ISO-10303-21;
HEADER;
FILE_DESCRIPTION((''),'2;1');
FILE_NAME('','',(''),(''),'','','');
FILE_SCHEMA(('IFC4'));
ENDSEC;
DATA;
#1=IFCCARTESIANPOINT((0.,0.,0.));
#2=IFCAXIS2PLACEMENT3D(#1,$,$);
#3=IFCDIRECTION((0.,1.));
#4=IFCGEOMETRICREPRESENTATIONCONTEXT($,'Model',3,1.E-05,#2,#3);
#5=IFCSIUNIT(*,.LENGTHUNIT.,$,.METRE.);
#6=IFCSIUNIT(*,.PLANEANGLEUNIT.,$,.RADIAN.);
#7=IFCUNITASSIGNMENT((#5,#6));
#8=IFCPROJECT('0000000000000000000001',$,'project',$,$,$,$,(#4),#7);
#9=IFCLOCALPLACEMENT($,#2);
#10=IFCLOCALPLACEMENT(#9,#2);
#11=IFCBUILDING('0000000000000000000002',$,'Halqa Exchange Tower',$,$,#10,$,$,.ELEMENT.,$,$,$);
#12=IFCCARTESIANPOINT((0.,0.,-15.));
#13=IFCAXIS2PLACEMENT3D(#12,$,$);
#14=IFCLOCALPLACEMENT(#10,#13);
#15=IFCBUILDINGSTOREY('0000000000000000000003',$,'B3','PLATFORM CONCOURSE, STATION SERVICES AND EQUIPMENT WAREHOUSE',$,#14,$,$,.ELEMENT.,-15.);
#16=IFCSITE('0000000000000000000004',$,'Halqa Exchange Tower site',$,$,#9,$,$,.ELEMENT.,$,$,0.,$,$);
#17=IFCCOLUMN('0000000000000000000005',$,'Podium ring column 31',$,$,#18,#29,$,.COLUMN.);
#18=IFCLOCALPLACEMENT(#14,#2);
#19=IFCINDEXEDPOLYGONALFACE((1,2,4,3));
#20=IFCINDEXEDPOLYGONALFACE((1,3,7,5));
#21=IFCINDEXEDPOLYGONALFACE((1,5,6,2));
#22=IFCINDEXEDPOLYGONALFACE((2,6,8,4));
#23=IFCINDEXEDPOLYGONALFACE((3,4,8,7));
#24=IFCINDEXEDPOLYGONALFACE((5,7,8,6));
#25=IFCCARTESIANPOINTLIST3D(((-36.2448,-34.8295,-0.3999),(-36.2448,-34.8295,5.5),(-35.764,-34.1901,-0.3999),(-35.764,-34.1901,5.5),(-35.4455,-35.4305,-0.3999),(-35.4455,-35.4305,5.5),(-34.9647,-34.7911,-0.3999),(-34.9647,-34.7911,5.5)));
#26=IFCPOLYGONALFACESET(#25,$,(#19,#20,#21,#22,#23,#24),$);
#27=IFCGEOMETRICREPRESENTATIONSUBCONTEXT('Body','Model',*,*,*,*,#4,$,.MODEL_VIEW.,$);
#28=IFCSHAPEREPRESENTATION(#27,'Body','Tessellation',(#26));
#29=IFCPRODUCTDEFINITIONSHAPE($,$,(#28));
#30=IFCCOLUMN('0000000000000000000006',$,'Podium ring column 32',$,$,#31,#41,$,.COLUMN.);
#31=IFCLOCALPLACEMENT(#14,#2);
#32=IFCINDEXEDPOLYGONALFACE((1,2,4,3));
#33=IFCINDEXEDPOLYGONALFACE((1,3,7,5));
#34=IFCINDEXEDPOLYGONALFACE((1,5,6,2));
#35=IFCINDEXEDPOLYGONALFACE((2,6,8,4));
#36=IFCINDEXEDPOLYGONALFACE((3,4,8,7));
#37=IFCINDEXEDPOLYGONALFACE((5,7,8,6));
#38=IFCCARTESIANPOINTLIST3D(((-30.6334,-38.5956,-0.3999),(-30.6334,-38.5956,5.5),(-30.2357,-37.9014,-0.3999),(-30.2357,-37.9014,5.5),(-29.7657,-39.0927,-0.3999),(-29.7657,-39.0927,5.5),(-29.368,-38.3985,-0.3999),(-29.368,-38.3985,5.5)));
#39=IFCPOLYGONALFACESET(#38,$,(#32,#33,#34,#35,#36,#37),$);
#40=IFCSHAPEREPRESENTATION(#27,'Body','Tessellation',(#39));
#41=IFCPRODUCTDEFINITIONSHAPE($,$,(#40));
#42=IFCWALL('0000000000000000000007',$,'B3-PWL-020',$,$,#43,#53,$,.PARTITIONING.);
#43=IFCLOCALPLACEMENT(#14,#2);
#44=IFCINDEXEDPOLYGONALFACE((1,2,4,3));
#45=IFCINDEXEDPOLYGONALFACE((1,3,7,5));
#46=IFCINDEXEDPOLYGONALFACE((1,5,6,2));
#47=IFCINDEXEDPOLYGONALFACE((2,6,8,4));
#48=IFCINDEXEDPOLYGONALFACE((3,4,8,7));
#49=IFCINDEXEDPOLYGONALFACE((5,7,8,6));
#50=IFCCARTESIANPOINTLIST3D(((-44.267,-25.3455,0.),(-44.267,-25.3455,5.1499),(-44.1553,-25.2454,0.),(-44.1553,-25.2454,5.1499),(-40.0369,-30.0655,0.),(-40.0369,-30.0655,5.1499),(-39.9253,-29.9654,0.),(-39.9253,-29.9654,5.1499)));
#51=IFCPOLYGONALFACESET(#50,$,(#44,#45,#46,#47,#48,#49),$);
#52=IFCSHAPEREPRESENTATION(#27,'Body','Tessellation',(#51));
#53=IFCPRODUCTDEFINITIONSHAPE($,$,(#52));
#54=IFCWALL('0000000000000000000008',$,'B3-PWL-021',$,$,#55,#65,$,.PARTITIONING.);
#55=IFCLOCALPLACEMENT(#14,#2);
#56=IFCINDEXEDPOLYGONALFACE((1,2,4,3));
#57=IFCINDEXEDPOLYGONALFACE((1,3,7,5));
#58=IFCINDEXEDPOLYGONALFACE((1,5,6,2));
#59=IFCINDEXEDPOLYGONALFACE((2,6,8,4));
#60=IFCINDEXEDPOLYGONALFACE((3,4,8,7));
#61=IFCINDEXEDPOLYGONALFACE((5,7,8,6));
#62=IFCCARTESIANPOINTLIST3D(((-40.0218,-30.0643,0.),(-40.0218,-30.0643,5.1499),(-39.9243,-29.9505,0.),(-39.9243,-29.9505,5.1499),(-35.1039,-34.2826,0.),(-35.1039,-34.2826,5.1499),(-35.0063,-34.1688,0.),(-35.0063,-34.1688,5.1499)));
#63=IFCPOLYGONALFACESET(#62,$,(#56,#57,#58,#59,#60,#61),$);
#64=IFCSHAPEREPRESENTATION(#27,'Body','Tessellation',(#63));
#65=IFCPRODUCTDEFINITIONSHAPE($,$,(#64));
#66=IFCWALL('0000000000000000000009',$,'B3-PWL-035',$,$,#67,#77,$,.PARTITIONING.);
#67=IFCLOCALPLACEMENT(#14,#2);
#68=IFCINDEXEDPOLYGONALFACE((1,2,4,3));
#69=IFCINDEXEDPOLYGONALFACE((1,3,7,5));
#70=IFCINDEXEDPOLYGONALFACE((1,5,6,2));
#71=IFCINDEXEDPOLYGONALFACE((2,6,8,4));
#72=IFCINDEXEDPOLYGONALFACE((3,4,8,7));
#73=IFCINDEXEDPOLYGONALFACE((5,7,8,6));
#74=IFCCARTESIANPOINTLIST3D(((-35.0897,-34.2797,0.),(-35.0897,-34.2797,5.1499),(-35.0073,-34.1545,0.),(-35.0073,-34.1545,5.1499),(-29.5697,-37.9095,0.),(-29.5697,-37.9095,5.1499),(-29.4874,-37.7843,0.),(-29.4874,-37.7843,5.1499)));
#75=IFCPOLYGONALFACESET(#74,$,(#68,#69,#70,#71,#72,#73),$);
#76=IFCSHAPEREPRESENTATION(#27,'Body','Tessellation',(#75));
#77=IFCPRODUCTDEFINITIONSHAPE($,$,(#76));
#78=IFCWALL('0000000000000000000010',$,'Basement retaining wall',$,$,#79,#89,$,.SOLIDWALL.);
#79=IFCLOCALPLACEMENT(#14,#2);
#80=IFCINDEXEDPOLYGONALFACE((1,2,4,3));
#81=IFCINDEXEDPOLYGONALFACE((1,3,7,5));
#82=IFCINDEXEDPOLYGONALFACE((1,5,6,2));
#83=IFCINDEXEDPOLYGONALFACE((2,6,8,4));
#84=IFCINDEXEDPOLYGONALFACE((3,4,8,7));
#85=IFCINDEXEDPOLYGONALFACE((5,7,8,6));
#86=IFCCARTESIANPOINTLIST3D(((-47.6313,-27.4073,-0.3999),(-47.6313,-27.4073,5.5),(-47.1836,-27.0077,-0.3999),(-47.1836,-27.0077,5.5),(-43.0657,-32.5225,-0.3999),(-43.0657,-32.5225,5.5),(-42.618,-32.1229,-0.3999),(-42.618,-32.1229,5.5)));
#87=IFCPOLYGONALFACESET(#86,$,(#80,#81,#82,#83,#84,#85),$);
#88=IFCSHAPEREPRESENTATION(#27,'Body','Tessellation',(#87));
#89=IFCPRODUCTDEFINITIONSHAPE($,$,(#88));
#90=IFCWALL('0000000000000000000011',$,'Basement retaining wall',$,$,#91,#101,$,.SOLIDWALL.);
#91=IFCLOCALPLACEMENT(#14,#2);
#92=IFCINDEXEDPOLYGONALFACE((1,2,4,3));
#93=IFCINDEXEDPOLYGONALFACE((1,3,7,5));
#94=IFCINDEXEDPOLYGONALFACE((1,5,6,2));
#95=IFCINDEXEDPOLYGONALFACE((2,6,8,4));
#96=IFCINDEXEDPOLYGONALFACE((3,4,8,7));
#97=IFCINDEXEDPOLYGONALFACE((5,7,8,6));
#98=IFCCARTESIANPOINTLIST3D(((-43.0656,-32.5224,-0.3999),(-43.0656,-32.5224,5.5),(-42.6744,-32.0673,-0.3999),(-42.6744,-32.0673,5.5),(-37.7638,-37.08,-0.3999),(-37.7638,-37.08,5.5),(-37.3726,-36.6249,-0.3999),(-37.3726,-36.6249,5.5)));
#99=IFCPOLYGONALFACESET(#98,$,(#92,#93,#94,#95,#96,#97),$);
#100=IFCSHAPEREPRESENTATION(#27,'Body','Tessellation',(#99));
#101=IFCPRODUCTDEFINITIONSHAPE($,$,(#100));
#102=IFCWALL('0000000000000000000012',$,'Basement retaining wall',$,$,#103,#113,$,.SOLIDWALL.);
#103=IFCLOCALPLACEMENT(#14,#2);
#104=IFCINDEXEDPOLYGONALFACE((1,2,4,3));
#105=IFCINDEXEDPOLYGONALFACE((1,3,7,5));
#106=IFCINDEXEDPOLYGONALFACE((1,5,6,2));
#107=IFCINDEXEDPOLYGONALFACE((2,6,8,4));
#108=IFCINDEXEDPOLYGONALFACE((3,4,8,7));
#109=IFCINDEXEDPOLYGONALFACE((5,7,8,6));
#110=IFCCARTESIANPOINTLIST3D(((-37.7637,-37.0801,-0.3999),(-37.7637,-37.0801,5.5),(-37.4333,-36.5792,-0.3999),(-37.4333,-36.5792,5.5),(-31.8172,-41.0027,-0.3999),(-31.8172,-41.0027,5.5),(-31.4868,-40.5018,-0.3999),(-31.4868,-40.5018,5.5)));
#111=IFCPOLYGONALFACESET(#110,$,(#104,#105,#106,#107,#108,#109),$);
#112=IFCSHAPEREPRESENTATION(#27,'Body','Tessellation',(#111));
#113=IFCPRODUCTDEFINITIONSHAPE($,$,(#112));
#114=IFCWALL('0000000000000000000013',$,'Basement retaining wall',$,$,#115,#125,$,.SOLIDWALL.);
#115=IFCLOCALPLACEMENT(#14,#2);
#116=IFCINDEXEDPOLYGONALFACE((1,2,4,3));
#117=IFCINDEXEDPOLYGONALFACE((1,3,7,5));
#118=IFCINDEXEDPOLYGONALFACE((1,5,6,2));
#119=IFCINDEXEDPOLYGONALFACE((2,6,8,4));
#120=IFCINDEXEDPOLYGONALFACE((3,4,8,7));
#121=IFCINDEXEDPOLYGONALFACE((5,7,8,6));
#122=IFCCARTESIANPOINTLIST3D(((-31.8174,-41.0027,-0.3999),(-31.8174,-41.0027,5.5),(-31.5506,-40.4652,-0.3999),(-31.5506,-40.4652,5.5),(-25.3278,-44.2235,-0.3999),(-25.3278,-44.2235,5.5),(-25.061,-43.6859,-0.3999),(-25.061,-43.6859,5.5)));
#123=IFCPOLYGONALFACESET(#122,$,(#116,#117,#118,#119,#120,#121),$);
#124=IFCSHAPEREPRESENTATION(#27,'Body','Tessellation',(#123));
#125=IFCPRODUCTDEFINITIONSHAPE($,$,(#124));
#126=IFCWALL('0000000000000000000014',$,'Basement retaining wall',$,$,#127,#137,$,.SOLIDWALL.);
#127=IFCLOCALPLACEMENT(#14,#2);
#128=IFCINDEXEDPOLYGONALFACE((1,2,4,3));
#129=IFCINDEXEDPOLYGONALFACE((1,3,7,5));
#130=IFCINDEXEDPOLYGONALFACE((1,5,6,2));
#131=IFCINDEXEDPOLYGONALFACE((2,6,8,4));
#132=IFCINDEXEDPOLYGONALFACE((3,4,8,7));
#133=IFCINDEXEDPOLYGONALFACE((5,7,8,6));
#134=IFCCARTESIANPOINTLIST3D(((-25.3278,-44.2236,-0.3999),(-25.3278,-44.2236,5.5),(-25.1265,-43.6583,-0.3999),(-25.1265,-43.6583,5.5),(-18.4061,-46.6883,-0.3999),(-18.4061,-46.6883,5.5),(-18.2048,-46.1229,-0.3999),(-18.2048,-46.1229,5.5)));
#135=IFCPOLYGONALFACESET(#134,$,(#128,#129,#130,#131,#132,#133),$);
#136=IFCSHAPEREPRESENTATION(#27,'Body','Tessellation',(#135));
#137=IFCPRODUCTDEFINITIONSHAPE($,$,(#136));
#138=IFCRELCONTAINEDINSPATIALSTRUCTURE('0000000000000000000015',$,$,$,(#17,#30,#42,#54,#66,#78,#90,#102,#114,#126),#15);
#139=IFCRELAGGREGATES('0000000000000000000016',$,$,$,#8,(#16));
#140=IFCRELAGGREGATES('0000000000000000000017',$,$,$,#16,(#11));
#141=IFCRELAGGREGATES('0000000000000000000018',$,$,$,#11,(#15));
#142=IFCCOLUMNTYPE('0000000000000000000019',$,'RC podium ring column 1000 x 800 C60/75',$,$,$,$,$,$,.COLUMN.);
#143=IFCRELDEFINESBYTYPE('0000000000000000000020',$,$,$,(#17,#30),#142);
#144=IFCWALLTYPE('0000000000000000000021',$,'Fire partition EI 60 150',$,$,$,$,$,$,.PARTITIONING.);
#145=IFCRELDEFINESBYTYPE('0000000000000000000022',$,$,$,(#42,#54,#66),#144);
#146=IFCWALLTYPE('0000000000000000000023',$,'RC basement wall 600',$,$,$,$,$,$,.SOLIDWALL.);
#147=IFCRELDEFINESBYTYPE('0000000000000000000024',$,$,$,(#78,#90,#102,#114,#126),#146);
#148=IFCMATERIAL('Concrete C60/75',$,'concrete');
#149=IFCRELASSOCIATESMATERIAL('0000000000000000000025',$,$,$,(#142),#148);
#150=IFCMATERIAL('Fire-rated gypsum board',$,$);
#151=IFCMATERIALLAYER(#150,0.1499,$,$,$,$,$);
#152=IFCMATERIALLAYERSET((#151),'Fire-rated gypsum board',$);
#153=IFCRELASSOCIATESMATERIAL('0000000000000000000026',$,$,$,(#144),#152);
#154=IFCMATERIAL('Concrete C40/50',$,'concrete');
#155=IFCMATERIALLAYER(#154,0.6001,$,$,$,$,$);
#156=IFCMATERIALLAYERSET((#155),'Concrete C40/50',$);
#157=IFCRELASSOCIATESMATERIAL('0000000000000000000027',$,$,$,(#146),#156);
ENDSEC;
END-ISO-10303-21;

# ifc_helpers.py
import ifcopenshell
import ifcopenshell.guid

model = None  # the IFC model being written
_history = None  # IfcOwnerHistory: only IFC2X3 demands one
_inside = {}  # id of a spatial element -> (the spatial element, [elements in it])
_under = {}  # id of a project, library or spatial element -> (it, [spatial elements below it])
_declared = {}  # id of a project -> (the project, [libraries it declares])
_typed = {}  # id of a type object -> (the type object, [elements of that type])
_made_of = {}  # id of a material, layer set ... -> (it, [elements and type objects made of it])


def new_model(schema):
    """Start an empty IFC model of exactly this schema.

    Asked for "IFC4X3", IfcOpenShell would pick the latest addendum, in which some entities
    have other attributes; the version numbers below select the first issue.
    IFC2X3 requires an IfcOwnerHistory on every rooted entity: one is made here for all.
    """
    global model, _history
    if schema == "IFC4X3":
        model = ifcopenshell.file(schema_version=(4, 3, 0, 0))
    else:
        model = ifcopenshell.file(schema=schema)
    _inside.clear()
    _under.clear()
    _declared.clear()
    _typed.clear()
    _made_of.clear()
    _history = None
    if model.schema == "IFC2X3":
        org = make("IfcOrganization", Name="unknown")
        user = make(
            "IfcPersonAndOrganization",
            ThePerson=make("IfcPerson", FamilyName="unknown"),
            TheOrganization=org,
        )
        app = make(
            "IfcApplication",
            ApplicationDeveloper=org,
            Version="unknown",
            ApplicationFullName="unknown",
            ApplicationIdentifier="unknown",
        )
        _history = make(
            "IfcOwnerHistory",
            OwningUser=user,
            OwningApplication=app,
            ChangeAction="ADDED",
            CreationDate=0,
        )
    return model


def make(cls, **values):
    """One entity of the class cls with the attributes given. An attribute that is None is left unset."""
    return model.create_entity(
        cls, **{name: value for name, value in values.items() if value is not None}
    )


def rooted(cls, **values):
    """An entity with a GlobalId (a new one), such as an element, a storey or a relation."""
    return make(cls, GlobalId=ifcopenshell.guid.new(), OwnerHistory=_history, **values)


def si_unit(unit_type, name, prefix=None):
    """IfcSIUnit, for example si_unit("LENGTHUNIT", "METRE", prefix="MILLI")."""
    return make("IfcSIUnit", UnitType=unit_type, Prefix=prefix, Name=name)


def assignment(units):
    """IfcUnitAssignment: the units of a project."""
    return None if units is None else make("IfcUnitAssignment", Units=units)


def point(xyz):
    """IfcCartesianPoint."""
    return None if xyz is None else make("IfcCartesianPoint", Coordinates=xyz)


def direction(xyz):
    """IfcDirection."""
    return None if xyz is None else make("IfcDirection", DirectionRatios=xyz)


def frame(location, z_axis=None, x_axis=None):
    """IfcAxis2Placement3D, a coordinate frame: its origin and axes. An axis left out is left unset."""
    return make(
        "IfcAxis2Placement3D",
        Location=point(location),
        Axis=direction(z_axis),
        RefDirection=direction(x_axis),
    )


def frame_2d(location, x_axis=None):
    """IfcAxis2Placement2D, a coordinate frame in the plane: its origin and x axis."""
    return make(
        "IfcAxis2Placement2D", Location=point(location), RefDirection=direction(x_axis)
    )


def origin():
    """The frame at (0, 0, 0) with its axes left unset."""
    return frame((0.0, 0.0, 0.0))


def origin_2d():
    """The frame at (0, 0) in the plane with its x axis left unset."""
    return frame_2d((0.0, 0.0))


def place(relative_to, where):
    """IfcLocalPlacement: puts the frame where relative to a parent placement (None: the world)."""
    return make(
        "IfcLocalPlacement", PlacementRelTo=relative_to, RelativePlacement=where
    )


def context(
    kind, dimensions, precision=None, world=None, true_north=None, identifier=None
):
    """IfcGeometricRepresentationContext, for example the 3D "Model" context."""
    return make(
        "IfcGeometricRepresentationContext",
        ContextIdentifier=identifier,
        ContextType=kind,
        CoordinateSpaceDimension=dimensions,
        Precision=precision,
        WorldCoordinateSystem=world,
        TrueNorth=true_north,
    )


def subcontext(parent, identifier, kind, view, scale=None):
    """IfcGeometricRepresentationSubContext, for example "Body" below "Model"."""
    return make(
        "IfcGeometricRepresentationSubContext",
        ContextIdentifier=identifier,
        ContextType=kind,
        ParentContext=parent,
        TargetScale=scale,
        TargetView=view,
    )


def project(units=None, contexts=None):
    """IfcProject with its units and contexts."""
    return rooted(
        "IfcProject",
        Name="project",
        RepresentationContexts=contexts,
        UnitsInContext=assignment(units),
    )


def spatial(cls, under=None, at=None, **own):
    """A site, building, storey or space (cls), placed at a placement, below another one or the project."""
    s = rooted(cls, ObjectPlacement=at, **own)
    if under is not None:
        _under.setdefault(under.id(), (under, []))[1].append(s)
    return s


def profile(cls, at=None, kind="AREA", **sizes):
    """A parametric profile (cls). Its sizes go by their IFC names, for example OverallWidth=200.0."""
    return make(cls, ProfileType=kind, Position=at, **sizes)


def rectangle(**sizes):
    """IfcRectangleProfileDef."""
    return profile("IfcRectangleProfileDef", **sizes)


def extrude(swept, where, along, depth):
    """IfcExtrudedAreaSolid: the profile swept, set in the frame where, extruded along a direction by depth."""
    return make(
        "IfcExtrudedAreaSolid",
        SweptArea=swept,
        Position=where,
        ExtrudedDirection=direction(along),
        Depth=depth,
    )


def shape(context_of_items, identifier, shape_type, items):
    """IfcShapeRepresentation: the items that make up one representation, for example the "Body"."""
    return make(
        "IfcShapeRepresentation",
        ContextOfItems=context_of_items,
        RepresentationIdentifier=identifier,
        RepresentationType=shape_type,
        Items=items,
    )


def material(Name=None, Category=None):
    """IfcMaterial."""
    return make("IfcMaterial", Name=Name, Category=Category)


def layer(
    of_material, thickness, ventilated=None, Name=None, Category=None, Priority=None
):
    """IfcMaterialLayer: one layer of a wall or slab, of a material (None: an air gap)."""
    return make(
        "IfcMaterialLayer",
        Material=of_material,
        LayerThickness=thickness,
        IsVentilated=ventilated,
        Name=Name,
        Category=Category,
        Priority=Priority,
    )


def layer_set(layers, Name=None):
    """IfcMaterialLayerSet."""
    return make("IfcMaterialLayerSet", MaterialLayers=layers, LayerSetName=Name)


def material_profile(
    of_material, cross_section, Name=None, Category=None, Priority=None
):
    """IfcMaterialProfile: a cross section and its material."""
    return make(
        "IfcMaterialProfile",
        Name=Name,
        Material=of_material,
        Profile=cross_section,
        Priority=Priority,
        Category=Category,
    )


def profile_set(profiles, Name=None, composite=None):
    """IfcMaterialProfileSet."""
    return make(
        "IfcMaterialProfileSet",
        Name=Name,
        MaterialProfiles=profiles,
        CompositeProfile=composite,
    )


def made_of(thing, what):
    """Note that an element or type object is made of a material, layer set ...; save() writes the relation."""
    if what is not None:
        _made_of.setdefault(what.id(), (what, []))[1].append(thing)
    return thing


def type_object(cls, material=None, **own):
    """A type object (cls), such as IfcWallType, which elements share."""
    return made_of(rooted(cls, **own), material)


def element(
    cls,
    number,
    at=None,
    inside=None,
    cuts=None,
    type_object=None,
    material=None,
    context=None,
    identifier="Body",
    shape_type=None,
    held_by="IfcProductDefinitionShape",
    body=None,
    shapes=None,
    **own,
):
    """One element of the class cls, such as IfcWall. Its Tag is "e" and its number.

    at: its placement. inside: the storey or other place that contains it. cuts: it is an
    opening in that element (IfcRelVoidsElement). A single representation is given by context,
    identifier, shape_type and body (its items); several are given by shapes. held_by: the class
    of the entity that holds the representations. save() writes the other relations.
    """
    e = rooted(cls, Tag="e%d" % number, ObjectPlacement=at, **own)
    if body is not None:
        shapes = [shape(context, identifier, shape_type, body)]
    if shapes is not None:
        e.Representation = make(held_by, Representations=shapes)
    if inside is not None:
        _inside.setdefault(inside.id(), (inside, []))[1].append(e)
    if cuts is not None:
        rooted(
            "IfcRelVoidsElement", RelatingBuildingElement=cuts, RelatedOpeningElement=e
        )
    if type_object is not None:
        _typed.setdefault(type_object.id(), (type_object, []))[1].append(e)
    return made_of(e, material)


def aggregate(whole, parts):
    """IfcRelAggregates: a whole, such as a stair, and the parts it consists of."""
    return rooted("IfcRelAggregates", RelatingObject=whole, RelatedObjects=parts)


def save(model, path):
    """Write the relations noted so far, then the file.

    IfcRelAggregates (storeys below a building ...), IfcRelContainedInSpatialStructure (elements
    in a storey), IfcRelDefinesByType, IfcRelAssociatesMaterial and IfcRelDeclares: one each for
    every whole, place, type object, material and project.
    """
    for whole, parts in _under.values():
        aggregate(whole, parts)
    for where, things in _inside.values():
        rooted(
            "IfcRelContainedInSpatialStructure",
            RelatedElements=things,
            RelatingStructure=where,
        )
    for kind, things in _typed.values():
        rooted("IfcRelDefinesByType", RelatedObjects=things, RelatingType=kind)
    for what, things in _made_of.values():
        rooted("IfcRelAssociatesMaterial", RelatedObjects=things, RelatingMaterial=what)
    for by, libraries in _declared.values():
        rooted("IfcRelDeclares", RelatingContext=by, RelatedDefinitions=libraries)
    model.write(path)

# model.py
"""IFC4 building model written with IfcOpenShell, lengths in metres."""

from ifc_helpers import new_model, si_unit, direction, frame, frame_2d, origin, origin_2d, place, context, subcontext, project, spatial, rectangle, extrude, material, layer, layer_set, material_profile, profile_set, type_object, element, save


model = new_model("IFC4")

# Units and contexts
model_context = context("Model", 3, precision=1e-05, world=origin(), true_north=direction((0.0, 1.0)))
body_context = subcontext(model_context, "Body", "Model", "MODEL_VIEW")
ifc_project = project(units=[si_unit("LENGTHUNIT", "METRE"), si_unit("PLANEANGLEUNIT", "RADIAN")], contexts=[model_context])

# Site, building, storey
site_placement = place(None, origin())
site = spatial("IfcSite", under=ifc_project, at=site_placement, Name="Halqa Exchange Tower site", CompositionType="ELEMENT", RefElevation=0.0)
building_placement = place(site_placement, origin())
building = spatial("IfcBuilding", under=site, at=building_placement, Name="Halqa Exchange Tower", CompositionType="ELEMENT")
storey_placement = place(building_placement, frame((0.0, 0.0, -15.0)))
storey = spatial("IfcBuildingStorey", under=building, at=storey_placement, Name="B3", Description="PLATFORM CONCOURSE, STATION SERVICES AND EQUIPMENT WAREHOUSE", CompositionType="ELEMENT", Elevation=-15.0)

# Shared definitions
ifc_material_1 = material(Name="Concrete C40/50", Category="concrete")

# Columns
ifc_material_2 = material(Name="Concrete C60/75", Category="concrete")
ifc_material_profile_1 = material_profile(ifc_material_2, rectangle(XDim=1.0, YDim=0.8, at=origin_2d()), Name="1000 x 800")
ifc_profile_set_1 = profile_set([ifc_material_profile_1], Name="Concrete C60/75")
column_type = type_object("IfcColumnType", Name="RC podium ring column 1000 x 800 C60/75", PredefinedType="COLUMN", material=ifc_profile_set_1)
for number, where, z_axis, x_axis, name in (
    (1, (-35.6047, -34.8103, -0.3999), (0.0, 0.0, 1.0), (0.79926, -0.600985, 0.0), "Podium ring column 31"),
    (2, (-30.0007, -38.4971, -0.3999), (0.0, 0.0, 1.0), (0.867693, -0.4971, 0.0), "Podium ring column 32"),
):
    element("IfcColumn", number, at=place(storey_placement, frame(where, z_axis=z_axis, x_axis=x_axis)), inside=storey, type_object=column_type, Name=name, PredefinedType="COLUMN", context=body_context, shape_type="SweptSolid", body=[
        extrude(rectangle(XDim=1.0, YDim=0.8, at=origin_2d()), origin(), (0.0, 0.0, 1.0), 5.8999),
    ])

# Walls
ifc_material_3 = material(Name="Fire-rated gypsum board")
ifc_layer_1 = layer(ifc_material_3, 0.1499)
ifc_layer_set_1 = layer_set([ifc_layer_1], Name="Fire-rated gypsum board")
wall_type_1 = type_object("IfcWallType", Name="Fire partition EI 60 150", PredefinedType="PARTITIONING", material=ifc_layer_set_1)
wall_1_placement = place(storey_placement, frame((-39.9812, -30.0154, 0.0), z_axis=(0.0, 0.0, 1.0), x_axis=(-0.667395, 0.744704, 0.0)))
element("IfcWall", 3, at=wall_1_placement, inside=storey, type_object=wall_type_1, Name="B3-PWL-020", PredefinedType="PARTITIONING", context=body_context, shape_type="SweptSolid", body=[
    extrude(rectangle(XDim=6.3381, YDim=0.1499, at=frame_2d((3.1689, 0.0))), origin(), (0.0, 0.0, 1.0), 5.1499),
])
wall_2_placement = place(storey_placement, frame((-39.9731, -30.0073, 0.0), z_axis=(0.0, 0.0, 1.0), x_axis=(0.759038, -0.651046, 0.0)))
element("IfcWall", 4, at=wall_2_placement, inside=storey, type_object=wall_type_1, Name="B3-PWL-021", PredefinedType="PARTITIONING", context=body_context, shape_type="SweptSolid", body=[
    extrude(rectangle(XDim=6.4792, YDim=0.1499, at=frame_2d((3.2397, 0.0))), origin(), (0.0, 0.0, 1.0), 5.1499),
])
wall_3_placement = place(storey_placement, frame((-29.5286, -37.8469, 0.0), z_axis=(0.0, 0.0, 1.0), x_axis=(-0.835536, 0.549436, 0.0)))
element("IfcWall", 5, at=wall_3_placement, inside=storey, type_object=wall_type_1, Name="B3-PWL-035", PredefinedType="PARTITIONING", context=body_context, shape_type="SweptSolid", body=[
    extrude(rectangle(XDim=6.6064, YDim=0.1499, at=frame_2d((3.3032, 0.0))), origin(), (0.0, 0.0, 1.0), 5.1499),
])
ifc_layer_2 = layer(ifc_material_1, 0.6001)
ifc_layer_set_2 = layer_set([ifc_layer_2], Name="Concrete C40/50")
wall_type_2 = type_object("IfcWallType", Name="RC basement wall 600", PredefinedType="SOLIDWALL", material=ifc_layer_set_2)
wall_4_placement = place(storey_placement, frame((-47.4075, -27.2075, -0.3999), z_axis=(0.0, 0.0, 1.0), x_axis=(0.665894, -0.746046, 0.0)))
element("IfcWall", 6, at=wall_4_placement, inside=storey, type_object=wall_type_2, Name="Basement retaining wall", PredefinedType="SOLIDWALL", context=body_context, shape_type="SweptSolid", body=[
    extrude(rectangle(XDim=6.8564, YDim=0.6001, at=frame_2d((3.4282, 0.0))), origin(), (0.0, 0.0, 1.0), 5.8999),
])
wall_5_placement = place(storey_placement, frame((-42.8699, -32.2949, -0.3999), z_axis=(0.0, 0.0, 1.0), x_axis=(0.758319, -0.651883, 0.0)))
element("IfcWall", 7, at=wall_5_placement, inside=storey, type_object=wall_type_2, Name="Basement retaining wall", PredefinedType="SOLIDWALL", context=body_context, shape_type="SweptSolid", body=[
    extrude(rectangle(XDim=6.9915, YDim=0.6001, at=frame_2d((3.4956, 0.0))), origin(), (0.0, 0.0, 1.0), 5.8999),
])
wall_6_placement = place(storey_placement, frame((-37.5986, -36.8296, -0.3999), z_axis=(0.0, 0.0, 1.0), x_axis=(0.834745, -0.550636, 0.0)))
element("IfcWall", 8, at=wall_6_placement, inside=storey, type_object=wall_type_2, Name="Basement retaining wall", PredefinedType="SOLIDWALL", context=body_context, shape_type="SweptSolid", body=[
    extrude(rectangle(XDim=7.1238, YDim=0.6001, at=frame_2d((3.562, 0.0))), origin(), (0.0, 0.0, 1.0), 5.8999),
])
wall_7_placement = place(storey_placement, frame((-31.6841, -40.7339, -0.3999), z_axis=(0.0, 0.0, 1.0), x_axis=(0.895751, -0.444556, 0.0)))
element("IfcWall", 9, at=wall_7_placement, inside=storey, type_object=wall_type_2, Name="Basement retaining wall", PredefinedType="SOLIDWALL", context=body_context, shape_type="SweptSolid", body=[
    extrude(rectangle(XDim=7.2449, YDim=0.6001, at=frame_2d((3.6226, 0.0))), origin(), (0.0, 0.0, 1.0), 5.8999),
])
wall_8_placement = place(storey_placement, frame((-25.2273, -43.9409, -0.3999), z_axis=(0.0, 0.0, 1.0), x_axis=(0.942061, -0.335442, 0.0)))
element("IfcWall", 10, at=wall_8_placement, inside=storey, type_object=wall_type_2, Name="Basement retaining wall", PredefinedType="SOLIDWALL", context=body_context, shape_type="SweptSolid", body=[
    extrude(rectangle(XDim=7.3474, YDim=0.6001, at=frame_2d((3.6738, 0.0))), origin(), (0.0, 0.0, 1.0), 5.8999),
])

save(model, "model.ifc")
